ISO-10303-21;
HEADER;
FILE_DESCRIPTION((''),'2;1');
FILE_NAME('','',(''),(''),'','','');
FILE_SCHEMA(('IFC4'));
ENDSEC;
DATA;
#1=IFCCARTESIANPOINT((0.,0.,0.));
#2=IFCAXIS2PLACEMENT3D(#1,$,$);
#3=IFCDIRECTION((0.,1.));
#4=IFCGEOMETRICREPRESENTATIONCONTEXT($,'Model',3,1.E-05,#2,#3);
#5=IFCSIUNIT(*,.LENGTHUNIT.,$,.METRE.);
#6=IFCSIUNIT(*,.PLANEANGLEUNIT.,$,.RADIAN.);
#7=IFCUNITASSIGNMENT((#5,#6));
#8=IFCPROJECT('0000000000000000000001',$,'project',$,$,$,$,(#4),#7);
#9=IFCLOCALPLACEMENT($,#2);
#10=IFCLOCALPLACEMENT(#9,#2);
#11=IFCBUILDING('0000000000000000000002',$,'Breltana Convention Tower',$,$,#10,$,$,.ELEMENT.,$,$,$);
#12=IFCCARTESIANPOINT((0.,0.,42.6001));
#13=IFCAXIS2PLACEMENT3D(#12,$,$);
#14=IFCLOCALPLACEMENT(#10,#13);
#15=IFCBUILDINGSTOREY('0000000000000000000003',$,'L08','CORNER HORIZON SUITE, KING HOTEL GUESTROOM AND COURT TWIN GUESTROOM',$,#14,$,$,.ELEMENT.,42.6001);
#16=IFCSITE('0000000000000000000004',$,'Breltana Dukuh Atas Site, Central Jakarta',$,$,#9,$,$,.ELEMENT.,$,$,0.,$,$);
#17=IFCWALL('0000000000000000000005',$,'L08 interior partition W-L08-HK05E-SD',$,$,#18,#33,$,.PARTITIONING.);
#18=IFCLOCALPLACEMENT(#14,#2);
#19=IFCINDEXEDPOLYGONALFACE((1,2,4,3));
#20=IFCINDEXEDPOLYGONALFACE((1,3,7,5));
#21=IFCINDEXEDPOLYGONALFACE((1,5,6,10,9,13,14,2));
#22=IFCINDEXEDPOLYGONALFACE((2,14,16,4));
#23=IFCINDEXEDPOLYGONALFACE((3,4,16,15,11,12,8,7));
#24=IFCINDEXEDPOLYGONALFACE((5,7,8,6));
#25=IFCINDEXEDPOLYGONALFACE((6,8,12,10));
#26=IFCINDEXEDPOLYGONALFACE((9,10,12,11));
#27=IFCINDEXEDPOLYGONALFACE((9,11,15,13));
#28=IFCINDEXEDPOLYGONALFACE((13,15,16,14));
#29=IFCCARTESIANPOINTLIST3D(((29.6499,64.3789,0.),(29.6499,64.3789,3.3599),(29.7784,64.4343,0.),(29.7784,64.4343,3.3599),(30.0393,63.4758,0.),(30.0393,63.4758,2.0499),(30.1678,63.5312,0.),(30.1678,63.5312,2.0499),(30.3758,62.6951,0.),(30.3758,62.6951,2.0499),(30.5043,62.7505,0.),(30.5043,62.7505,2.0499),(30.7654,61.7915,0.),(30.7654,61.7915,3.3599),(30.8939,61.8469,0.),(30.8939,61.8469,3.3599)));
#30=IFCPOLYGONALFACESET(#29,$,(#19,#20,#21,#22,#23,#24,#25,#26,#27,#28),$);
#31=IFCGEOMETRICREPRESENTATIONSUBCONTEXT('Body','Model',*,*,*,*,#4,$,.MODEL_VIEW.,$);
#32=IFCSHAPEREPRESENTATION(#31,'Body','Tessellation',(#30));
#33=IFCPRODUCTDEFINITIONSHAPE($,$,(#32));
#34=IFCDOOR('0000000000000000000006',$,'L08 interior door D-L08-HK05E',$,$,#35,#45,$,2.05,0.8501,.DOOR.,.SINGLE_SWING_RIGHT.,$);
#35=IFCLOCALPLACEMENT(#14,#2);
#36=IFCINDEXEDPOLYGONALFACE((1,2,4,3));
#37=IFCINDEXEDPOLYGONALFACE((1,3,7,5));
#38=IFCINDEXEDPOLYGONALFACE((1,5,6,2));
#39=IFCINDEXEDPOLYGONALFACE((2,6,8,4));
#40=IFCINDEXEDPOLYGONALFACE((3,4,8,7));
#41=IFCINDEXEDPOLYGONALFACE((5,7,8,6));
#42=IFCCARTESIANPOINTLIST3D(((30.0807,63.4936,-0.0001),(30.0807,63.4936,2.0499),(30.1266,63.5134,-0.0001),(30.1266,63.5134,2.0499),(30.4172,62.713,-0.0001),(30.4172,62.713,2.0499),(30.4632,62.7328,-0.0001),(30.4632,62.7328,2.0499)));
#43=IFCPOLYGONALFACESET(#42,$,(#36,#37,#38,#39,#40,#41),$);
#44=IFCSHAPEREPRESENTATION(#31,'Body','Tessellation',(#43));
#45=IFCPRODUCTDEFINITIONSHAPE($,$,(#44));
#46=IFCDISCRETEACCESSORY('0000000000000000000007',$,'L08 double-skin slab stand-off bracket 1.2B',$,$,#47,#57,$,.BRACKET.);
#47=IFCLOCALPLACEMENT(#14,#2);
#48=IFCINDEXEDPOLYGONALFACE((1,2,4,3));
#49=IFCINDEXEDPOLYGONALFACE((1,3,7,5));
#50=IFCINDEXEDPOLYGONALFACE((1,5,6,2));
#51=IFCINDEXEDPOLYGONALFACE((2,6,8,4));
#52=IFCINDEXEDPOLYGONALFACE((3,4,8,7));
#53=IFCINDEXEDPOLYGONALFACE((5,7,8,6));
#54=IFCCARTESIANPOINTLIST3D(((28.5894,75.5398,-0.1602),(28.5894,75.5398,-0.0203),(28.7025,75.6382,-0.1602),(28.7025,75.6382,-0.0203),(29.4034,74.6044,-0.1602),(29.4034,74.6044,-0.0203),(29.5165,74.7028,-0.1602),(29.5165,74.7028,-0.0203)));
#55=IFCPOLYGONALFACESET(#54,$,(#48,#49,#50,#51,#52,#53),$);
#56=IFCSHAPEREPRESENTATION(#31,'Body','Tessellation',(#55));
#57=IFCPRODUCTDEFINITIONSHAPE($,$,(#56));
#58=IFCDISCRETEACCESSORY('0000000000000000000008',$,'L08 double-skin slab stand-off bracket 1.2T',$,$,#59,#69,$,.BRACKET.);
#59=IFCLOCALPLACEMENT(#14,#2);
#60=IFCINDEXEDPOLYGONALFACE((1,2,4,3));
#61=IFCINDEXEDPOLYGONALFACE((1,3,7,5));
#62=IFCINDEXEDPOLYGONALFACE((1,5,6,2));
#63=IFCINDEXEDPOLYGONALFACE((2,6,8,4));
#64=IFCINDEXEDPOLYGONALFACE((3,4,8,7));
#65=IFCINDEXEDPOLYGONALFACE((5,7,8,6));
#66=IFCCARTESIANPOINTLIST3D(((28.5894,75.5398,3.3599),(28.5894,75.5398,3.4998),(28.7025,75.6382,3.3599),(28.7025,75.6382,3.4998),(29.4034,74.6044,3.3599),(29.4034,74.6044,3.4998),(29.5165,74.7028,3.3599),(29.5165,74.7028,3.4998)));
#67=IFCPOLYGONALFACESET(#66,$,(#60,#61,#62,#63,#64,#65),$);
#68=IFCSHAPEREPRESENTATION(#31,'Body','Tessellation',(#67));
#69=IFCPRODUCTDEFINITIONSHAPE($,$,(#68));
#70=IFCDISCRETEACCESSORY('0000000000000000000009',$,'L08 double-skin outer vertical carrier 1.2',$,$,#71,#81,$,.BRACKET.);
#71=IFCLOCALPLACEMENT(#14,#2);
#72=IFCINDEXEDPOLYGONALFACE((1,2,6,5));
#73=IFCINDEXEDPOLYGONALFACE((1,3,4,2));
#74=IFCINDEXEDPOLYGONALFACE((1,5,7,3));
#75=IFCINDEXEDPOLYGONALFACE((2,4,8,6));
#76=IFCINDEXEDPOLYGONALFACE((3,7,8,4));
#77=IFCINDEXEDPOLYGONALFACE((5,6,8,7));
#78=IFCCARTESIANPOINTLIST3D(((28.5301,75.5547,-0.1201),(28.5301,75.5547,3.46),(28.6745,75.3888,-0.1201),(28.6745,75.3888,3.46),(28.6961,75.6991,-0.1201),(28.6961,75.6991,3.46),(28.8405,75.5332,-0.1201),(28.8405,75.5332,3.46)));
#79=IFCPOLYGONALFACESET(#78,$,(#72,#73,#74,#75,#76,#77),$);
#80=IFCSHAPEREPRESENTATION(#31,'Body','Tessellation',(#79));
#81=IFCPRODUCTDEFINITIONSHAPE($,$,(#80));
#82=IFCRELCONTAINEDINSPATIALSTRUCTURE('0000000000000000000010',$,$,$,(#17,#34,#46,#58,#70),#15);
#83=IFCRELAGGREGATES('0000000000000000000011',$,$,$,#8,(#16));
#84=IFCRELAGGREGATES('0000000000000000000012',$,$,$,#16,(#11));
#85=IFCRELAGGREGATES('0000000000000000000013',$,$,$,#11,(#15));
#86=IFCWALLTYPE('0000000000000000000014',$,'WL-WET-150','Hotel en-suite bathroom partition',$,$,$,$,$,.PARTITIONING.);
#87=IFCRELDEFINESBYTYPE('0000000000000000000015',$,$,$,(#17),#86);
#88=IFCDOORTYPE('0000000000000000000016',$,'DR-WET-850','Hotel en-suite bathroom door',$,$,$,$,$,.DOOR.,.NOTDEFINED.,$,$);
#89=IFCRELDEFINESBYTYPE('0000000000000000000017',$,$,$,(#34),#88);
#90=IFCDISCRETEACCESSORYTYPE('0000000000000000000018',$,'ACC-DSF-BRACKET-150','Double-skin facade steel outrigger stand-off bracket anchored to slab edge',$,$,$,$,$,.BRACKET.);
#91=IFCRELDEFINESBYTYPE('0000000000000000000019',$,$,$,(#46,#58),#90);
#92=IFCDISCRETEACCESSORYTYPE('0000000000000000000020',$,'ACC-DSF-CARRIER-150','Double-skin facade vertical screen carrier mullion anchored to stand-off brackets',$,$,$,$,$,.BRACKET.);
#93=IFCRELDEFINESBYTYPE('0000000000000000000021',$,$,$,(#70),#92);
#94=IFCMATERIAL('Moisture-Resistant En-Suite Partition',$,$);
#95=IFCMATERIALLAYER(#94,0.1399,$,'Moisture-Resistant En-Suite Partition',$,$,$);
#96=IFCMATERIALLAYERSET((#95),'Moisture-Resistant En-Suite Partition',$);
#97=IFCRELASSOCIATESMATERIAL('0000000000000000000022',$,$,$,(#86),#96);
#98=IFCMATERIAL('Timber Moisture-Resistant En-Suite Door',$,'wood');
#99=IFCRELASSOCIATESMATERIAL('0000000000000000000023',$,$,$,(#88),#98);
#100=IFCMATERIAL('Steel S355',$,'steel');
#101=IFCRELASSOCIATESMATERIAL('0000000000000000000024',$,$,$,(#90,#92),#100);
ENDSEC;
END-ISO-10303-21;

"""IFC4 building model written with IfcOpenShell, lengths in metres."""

from ifc_helpers import new_model, si_unit, direction, frame, frame_2d, origin, origin_2d, place, context, subcontext, project, spatial, rectangle, extrude, source, transform, mapped, material, layer, layer_set, type_object, type_shapes, element, fill, save


model = new_model("IFC4")

# Units and contexts
model_context = context("Model", 3, precision=1e-05, world=origin(), true_north=direction((0.0, 1.0)))
body_context = subcontext(model_context, "Body", "Model", "MODEL_VIEW")
ifc_project = project(units=[si_unit("LENGTHUNIT", "METRE"), si_unit("PLANEANGLEUNIT", "RADIAN")], contexts=[model_context])

# Site, building, storey
site_placement = place(None, origin())
site = spatial("IfcSite", under=ifc_project, at=site_placement, Name="Breltana Dukuh Atas Site, Central Jakarta", CompositionType="ELEMENT", RefElevation=0.0)
building_placement = place(site_placement, origin())
building = spatial("IfcBuilding", under=site, at=building_placement, Name="Breltana Convention Tower", CompositionType="ELEMENT")
storey_placement = place(building_placement, frame((0.0, 0.0, 42.6001)))
storey = spatial("IfcBuildingStorey", under=building, at=storey_placement, Name="L08", Description="CORNER HORIZON SUITE, KING HOTEL GUESTROOM AND COURT TWIN GUESTROOM", CompositionType="ELEMENT", Elevation=42.6001)

# Shared definitions
ifc_material_1 = material(Name="Moisture-Resistant En-Suite Partition")
ifc_layer_1 = layer(ifc_material_1, 0.1399, Name="Moisture-Resistant En-Suite Partition")
ifc_layer_set_1 = layer_set([ifc_layer_1], Name="Moisture-Resistant En-Suite Partition")
wall_type_1 = type_object("IfcWallType", Name="WL-WET-150", Description="Hotel en-suite bathroom partition", PredefinedType="PARTITIONING", material=ifc_layer_set_1)

# Shared definitions
ifc_material_2 = material(Name="Timber Moisture-Resistant En-Suite Door", Category="wood")
door_type_1 = type_object("IfcDoorType", Name="DR-WET-850", Description="Hotel en-suite bathroom door", OperationType="NOTDEFINED", PredefinedType="DOOR", material=ifc_material_2)
shared_shape_1 = source(origin(), body_context, "Body", "SweptSolid", [
    extrude(rectangle(XDim=0.8501, YDim=2.05, at=frame_2d((0.425, 1.0249))), frame((0.0, 0.0249, 0.0), z_axis=(0.0, -1.0, 0.0), x_axis=(1.0, 0.0, 0.0)), (0.0, 0.0, 1.0), 0.05),
])
type_shapes(door_type_1, [shared_shape_1])

# Wall, opening, door
shared_shape_2 = source(origin(), body_context, "Body", "SweptSolid", [
    extrude(rectangle(XDim=2.8176, YDim=0.1399, at=frame_2d((1.4087, 0.0))), origin(), (0.0, 0.0, 1.0), 3.3599),
])
wall_1_placement = place(storey_placement, frame((30.8296, 61.8193, 0.0), z_axis=(0.0, 0.0, 1.0), x_axis=(-0.395895, 0.918296, 0.0)))
wall_1 = element("IfcWall", 1, at=wall_1_placement, inside=storey, type_object=wall_type_1, Name="L08 interior partition W-L08-HK05E-SD", PredefinedType="PARTITIONING", context=body_context, shape_type="MappedRepresentation", body=[
    mapped(shared_shape_2, transform((0.0, 0.0, 0.0), scale=1.0)),
])
opening_1_placement = place(wall_1_placement, frame((0.9839, 0.0, 0.0)))
opening_1 = element("IfcOpeningElement", 2, at=opening_1_placement, cuts=wall_1, PredefinedType="OPENING", context=body_context, shape_type="SweptSolid", body=[
    extrude(rectangle(XDim=0.8501, YDim=2.05, at=frame_2d((0.425, 1.0249))), frame((0.0, 0.0801, 0.0), z_axis=(0.0, -1.0, 0.0), x_axis=(1.0, 0.0, 0.0)), (0.0, 0.0, 1.0), 0.1599),
])
door_1_placement = place(opening_1_placement, origin())
door_1 = element("IfcDoor", 3, at=door_1_placement, inside=storey, type_object=door_type_1, Name="L08 interior door D-L08-HK05E", OperationType="SINGLE_SWING_RIGHT", OverallHeight=2.05, OverallWidth=0.8501, PredefinedType="DOOR", context=body_context, shape_type="MappedRepresentation", body=[
    mapped(shared_shape_1, transform((0.0, 0.0, 0.0), scale=1.0)),
])
fill(opening_1, door_1)

# Discrete accessories
ifc_material_3 = material(Name="Steel S355", Category="steel")
discrete_accessory_type_1 = type_object("IfcDiscreteAccessoryType", Name="ACC-DSF-BRACKET-150", Description="Double-skin facade steel outrigger stand-off bracket anchored to slab edge", PredefinedType="BRACKET", material=ifc_material_3)
shared_shape_3 = source(origin(), body_context, "Body", "SweptSolid", [
    extrude(rectangle(XDim=1.24, YDim=0.1499, at=origin_2d()), origin(), (0.0, 0.0, 1.0), 0.1399),
])
type_shapes(discrete_accessory_type_1, [shared_shape_3])
for number, where, z_axis, x_axis, name in (
    (4, (29.053, 75.1213, -0.1602), (0.0, 0.0, 1.0), (-0.656457, 0.754364, 0.0), "L08 double-skin slab stand-off bracket 1.2B"),
    (5, (29.053, 75.1213, 3.3599), (0.0, 0.0, 1.0), (-0.656457, 0.754364, 0.0), "L08 double-skin slab stand-off bracket 1.2T"),
):
    element("IfcDiscreteAccessory", number, at=place(storey_placement, frame(where, z_axis=z_axis, x_axis=x_axis)), inside=storey, type_object=discrete_accessory_type_1, Name=name, PredefinedType="BRACKET", context=body_context, shape_type="MappedRepresentation", body=[
        mapped(shared_shape_3, transform((0.0, 0.0, 0.0), scale=1.0)),
    ])
discrete_accessory_type_2 = type_object("IfcDiscreteAccessoryType", Name="ACC-DSF-CARRIER-150", Description="Double-skin facade vertical screen carrier mullion anchored to stand-off brackets", PredefinedType="BRACKET", material=ifc_material_3)
shared_shape_4 = source(origin(), body_context, "Body", "SweptSolid", [
    extrude(rectangle(XDim=0.22, YDim=0.22, at=origin_2d()), origin(), (0.0, 0.0, 1.0), 3.5801),
])
discrete_accessory_placement = place(storey_placement, frame((28.6853, 75.5439, -0.1201), z_axis=(0.0, 0.0, 1.0), x_axis=(-0.656457, 0.754364, 0.0)))
element("IfcDiscreteAccessory", 6, at=discrete_accessory_placement, inside=storey, type_object=discrete_accessory_type_2, Name="L08 double-skin outer vertical carrier 1.2", PredefinedType="BRACKET", context=body_context, shape_type="MappedRepresentation", body=[
    mapped(shared_shape_4, transform((0.0, 0.0, 0.0), scale=1.0)),
])

save(model, "model.ifc")
